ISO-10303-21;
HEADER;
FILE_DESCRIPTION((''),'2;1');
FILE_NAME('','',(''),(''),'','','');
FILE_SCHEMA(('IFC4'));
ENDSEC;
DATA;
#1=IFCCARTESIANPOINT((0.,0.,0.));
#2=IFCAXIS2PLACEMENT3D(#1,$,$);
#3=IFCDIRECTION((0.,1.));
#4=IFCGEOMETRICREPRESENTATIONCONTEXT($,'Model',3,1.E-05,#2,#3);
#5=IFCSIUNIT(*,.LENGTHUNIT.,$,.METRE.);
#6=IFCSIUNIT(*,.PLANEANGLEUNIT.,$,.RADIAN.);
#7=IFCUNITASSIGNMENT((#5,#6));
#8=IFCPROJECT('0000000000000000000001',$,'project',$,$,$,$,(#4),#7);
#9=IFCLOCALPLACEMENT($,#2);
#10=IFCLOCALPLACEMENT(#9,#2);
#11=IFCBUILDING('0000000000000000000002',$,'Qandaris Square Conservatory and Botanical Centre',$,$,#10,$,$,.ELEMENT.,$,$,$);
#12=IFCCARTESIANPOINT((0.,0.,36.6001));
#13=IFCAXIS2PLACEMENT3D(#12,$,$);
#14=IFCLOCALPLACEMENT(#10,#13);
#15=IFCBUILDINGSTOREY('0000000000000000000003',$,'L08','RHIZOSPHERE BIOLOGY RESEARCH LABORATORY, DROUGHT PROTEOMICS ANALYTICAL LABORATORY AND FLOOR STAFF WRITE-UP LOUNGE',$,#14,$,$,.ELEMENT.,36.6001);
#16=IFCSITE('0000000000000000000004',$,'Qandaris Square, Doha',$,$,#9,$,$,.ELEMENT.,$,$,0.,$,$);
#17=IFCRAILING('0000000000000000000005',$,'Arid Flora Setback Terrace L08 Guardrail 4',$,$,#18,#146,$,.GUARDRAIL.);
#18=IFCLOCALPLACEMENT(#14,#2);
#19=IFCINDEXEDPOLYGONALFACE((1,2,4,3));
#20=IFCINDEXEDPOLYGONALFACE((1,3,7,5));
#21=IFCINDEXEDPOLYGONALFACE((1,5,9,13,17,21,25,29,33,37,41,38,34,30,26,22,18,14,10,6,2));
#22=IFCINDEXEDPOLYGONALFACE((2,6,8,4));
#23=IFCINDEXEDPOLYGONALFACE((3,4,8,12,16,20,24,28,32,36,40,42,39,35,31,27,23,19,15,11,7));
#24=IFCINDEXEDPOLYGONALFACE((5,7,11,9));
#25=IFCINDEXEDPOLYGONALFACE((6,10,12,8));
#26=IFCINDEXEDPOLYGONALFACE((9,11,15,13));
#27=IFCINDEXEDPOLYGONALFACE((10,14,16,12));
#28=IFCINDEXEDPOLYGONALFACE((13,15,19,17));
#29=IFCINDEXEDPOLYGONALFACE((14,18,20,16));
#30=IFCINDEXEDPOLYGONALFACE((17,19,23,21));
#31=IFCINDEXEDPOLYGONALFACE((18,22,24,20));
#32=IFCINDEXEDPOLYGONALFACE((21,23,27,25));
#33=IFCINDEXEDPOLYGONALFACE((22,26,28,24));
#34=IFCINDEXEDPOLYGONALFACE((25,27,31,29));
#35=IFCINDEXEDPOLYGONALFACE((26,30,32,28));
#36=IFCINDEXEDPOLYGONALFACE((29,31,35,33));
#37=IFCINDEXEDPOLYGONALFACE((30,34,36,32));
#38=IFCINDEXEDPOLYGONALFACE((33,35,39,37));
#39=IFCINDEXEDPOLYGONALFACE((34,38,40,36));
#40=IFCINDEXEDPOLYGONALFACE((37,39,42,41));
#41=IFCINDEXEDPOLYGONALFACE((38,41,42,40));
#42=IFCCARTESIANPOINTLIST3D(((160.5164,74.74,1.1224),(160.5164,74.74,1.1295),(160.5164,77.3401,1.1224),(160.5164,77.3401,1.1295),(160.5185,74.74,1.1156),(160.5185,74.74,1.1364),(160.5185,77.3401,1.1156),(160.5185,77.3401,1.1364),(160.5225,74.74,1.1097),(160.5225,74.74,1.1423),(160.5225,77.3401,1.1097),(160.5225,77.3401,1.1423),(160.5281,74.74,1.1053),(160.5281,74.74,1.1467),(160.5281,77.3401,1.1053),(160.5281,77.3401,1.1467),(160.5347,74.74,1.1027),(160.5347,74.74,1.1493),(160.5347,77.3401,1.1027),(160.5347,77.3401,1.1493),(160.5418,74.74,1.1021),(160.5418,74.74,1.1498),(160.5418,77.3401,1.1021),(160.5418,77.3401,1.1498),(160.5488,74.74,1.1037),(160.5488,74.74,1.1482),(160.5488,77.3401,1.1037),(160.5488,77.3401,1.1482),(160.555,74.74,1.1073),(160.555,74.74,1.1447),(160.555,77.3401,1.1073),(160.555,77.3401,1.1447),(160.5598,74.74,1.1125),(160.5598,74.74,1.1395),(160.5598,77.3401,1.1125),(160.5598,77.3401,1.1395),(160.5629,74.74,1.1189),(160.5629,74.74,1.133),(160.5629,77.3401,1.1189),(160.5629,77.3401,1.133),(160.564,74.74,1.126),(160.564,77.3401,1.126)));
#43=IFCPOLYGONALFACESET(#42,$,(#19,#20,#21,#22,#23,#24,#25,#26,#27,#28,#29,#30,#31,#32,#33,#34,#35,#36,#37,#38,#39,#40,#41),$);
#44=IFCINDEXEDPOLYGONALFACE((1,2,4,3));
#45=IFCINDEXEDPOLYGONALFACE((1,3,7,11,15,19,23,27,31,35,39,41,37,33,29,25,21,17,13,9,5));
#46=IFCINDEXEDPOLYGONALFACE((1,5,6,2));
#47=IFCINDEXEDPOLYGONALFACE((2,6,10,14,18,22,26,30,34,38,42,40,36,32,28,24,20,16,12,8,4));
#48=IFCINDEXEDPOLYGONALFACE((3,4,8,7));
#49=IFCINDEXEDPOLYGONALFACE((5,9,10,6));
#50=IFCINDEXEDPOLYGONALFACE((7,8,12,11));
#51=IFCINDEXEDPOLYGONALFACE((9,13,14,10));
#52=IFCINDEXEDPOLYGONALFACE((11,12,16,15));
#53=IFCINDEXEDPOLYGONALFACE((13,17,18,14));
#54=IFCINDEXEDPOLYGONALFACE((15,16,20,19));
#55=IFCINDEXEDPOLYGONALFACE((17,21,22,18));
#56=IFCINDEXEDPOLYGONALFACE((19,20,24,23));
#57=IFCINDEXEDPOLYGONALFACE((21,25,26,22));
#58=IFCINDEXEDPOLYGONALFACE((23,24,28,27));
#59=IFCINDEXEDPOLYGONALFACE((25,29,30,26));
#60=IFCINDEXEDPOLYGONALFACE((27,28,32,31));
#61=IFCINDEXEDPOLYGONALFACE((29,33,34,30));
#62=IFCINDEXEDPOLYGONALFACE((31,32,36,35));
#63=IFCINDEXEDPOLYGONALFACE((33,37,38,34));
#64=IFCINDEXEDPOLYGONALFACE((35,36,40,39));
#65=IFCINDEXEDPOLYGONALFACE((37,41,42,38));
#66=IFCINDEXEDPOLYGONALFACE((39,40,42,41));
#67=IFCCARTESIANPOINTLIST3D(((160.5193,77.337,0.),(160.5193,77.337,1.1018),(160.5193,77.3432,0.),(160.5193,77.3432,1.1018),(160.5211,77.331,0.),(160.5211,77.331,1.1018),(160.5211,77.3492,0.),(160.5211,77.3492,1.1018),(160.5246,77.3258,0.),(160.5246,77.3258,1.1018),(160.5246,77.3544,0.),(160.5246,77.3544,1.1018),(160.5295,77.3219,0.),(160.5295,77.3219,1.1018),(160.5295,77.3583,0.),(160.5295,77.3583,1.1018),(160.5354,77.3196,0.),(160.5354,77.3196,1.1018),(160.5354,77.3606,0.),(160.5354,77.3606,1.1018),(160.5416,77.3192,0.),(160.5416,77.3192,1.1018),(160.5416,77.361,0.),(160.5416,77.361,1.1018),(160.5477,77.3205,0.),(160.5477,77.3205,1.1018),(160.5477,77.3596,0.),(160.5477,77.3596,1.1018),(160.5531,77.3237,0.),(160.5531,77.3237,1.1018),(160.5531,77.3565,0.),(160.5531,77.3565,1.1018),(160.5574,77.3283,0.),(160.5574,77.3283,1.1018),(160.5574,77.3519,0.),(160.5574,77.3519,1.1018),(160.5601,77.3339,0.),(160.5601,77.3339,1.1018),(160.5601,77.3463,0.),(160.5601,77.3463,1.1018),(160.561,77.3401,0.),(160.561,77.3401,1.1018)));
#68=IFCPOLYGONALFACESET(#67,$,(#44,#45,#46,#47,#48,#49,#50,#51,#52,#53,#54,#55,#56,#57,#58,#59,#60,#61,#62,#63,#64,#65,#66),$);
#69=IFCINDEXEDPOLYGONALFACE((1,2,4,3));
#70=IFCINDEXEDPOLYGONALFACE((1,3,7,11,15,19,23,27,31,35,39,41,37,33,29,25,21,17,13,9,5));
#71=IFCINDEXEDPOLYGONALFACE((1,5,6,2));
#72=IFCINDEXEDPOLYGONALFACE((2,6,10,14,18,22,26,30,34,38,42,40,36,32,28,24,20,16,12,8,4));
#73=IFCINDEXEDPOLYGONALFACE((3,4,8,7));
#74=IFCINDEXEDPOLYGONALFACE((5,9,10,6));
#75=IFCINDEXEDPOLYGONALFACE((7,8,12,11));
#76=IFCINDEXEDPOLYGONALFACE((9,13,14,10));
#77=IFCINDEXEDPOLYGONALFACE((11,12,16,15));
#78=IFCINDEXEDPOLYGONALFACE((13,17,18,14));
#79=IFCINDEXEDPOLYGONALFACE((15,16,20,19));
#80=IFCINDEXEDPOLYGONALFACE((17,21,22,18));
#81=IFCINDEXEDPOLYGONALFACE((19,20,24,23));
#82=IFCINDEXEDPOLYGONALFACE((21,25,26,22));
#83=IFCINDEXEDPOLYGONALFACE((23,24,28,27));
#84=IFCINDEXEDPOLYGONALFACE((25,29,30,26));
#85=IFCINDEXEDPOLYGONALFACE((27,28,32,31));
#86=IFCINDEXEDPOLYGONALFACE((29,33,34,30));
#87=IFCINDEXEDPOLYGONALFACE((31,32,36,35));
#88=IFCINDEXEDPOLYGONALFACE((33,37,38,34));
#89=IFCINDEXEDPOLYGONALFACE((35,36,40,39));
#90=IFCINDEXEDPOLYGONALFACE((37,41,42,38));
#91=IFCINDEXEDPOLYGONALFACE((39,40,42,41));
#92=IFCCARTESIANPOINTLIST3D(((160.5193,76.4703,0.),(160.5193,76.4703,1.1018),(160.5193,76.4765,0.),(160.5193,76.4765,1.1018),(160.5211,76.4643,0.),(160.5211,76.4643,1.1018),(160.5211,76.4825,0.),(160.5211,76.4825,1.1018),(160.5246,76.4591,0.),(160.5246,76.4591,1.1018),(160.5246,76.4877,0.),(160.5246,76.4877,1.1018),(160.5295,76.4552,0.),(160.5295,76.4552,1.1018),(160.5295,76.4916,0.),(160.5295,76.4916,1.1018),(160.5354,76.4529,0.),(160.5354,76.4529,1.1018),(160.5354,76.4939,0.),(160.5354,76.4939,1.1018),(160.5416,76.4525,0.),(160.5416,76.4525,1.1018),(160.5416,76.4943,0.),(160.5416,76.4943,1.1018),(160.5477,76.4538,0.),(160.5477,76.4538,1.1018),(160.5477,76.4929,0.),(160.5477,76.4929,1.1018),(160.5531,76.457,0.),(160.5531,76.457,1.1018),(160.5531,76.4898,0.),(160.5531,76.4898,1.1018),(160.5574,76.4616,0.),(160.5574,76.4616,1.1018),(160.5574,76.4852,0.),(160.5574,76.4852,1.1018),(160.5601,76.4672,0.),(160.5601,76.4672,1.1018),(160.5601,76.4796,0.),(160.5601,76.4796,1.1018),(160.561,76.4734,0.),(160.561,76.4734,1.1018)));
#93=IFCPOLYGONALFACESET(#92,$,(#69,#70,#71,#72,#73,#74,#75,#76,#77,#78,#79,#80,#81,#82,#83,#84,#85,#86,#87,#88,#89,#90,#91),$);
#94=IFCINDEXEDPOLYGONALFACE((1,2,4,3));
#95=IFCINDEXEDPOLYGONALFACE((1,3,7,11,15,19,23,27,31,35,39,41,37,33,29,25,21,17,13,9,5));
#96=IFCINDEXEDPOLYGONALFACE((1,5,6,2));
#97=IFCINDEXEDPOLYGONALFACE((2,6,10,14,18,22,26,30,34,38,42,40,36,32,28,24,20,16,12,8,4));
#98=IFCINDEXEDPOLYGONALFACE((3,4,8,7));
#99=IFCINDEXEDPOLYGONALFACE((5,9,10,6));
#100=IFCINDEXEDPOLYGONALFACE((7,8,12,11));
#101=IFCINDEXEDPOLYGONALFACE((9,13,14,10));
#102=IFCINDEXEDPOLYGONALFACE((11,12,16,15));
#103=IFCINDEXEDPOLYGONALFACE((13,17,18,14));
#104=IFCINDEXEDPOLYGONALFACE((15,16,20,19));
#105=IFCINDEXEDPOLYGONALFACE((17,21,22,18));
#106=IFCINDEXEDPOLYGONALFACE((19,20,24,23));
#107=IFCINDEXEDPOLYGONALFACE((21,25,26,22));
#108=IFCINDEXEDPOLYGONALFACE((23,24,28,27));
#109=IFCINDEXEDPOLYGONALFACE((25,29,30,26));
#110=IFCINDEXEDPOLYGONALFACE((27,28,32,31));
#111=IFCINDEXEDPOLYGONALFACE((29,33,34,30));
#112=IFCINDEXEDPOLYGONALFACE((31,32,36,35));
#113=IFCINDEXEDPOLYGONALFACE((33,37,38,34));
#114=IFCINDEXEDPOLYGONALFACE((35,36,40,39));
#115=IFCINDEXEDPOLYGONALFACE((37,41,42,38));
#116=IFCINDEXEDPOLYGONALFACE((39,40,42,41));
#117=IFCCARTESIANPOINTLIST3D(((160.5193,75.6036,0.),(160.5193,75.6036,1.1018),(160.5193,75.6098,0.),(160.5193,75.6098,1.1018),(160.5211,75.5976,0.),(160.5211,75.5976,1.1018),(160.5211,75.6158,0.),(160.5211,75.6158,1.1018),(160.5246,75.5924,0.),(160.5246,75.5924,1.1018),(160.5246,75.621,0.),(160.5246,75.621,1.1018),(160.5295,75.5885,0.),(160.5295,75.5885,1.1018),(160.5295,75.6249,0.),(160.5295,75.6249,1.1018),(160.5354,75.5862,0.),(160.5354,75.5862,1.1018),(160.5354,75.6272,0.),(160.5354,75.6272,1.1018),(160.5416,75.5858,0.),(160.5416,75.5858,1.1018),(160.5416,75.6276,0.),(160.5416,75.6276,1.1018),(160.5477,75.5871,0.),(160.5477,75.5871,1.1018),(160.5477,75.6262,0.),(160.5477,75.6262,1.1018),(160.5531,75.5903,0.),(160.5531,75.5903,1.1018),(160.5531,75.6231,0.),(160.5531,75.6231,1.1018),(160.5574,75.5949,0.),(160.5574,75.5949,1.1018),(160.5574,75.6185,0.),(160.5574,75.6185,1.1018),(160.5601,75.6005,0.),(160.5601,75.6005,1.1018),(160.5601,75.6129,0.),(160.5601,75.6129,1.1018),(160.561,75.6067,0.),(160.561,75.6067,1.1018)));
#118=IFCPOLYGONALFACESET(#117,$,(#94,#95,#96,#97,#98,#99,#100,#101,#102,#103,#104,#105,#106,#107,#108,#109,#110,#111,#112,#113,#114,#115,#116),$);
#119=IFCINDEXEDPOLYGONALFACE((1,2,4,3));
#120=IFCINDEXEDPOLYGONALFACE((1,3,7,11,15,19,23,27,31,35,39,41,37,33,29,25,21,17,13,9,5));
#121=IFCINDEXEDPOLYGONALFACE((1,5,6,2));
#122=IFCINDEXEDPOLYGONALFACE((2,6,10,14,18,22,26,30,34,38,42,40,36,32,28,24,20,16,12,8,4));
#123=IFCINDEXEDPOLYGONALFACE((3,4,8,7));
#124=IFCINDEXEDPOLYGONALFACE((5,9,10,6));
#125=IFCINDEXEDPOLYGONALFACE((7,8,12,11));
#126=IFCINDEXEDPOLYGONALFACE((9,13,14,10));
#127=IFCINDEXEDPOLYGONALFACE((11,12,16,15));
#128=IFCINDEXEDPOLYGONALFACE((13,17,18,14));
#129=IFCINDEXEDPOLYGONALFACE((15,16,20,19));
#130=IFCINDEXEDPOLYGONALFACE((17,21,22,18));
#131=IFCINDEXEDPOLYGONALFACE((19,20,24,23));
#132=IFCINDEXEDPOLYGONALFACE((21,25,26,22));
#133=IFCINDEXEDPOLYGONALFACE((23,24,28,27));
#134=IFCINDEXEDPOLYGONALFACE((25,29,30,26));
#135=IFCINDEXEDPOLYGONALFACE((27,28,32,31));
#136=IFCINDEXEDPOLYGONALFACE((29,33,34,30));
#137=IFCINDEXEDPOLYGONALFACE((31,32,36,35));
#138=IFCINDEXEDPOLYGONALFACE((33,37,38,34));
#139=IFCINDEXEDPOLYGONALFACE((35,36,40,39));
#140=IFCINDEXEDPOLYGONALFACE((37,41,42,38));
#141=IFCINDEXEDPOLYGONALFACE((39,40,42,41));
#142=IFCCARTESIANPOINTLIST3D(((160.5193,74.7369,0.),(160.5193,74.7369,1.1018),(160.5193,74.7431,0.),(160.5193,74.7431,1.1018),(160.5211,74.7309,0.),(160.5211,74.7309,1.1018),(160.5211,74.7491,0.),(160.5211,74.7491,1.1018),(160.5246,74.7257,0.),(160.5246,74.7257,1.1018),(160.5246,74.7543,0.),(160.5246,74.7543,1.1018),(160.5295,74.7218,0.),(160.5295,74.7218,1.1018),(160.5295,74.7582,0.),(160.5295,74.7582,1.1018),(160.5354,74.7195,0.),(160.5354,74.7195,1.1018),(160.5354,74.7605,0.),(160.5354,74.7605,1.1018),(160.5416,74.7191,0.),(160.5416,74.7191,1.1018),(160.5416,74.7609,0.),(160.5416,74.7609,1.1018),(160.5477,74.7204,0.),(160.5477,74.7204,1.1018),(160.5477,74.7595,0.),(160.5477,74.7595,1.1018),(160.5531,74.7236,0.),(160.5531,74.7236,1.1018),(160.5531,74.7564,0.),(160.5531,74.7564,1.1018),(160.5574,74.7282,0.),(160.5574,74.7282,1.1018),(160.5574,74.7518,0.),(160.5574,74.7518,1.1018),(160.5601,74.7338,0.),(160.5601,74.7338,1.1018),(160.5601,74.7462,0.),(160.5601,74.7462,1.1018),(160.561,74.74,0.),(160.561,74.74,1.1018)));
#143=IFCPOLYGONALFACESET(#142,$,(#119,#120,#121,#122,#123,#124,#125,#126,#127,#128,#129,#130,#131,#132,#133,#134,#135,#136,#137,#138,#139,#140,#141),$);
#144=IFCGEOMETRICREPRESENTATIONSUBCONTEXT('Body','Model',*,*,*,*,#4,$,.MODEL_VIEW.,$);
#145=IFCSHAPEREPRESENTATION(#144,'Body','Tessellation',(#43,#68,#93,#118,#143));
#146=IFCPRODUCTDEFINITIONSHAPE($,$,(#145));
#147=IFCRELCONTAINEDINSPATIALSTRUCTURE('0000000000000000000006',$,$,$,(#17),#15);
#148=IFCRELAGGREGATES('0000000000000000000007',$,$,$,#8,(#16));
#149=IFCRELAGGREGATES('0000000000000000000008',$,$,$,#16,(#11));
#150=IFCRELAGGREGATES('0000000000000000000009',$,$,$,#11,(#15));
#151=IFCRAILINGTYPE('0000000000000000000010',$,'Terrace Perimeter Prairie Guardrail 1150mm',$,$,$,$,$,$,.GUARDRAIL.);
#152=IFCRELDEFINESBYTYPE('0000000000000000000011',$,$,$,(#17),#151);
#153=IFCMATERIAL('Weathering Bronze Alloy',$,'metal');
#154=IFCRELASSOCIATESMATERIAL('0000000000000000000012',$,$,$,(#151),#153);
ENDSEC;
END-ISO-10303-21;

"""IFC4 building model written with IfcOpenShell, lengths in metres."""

from ifc_helpers import new_model, si_unit, direction, frame, origin, origin_2d, place, context, subcontext, project, spatial, circle, extrude, material, type_object, element, save


model = new_model("IFC4")

# Units and contexts
model_context = context("Model", 3, precision=1e-05, world=origin(), true_north=direction((0.0, 1.0)))
body_context = subcontext(model_context, "Body", "Model", "MODEL_VIEW")
ifc_project = project(units=[si_unit("LENGTHUNIT", "METRE"), si_unit("PLANEANGLEUNIT", "RADIAN")], contexts=[model_context])

# Site, building, storey
site_placement = place(None, origin())
site = spatial("IfcSite", under=ifc_project, at=site_placement, Name="Qandaris Square, Doha", CompositionType="ELEMENT", RefElevation=0.0)
building_placement = place(site_placement, origin())
building = spatial("IfcBuilding", under=site, at=building_placement, Name="Qandaris Square Conservatory and Botanical Centre", CompositionType="ELEMENT")
storey_placement = place(building_placement, frame((0.0, 0.0, 36.6001)))
storey = spatial("IfcBuildingStorey", under=building, at=storey_placement, Name="L08", Description="RHIZOSPHERE BIOLOGY RESEARCH LABORATORY, DROUGHT PROTEOMICS ANALYTICAL LABORATORY AND FLOOR STAFF WRITE-UP LOUNGE", CompositionType="ELEMENT", Elevation=36.6001)

# Railing
ifc_material_1 = material(Name="Weathering Bronze Alloy", Category="metal")
railing_type = type_object("IfcRailingType", Name="Terrace Perimeter Prairie Guardrail 1150mm", PredefinedType="GUARDRAIL", material=ifc_material_1)
railing_1_placement = place(storey_placement, frame((160.54, 77.3401, 0.0)))
element("IfcRailing", 1, at=railing_1_placement, inside=storey, type_object=railing_type, Name="Arid Flora Setback Terrace L08 Guardrail 4", PredefinedType="GUARDRAIL", context=body_context, shape_type="SweptSolid", body=[
    extrude(circle(Radius=0.0239, at=origin_2d()), frame((0.0, 0.0, 1.126), z_axis=(0.0, -1.0, 0.0), x_axis=(1.0, 0.0, 0.0)), (0.0, 0.0, 1.0), 2.6001),
    extrude(circle(Radius=0.021, at=origin_2d()), origin(), (0.0, 0.0, 1.0), 1.1018),
    extrude(circle(Radius=0.021, at=origin_2d()), frame((0.0, -0.8667, 0.0)), (0.0, 0.0, 1.0), 1.1018),
    extrude(circle(Radius=0.021, at=origin_2d()), frame((0.0, -1.7334, 0.0)), (0.0, 0.0, 1.0), 1.1018),
    extrude(circle(Radius=0.021, at=origin_2d()), frame((0.0, -2.6001, 0.0)), (0.0, 0.0, 1.0), 1.1018),
])

save(model, "model.ifc")
